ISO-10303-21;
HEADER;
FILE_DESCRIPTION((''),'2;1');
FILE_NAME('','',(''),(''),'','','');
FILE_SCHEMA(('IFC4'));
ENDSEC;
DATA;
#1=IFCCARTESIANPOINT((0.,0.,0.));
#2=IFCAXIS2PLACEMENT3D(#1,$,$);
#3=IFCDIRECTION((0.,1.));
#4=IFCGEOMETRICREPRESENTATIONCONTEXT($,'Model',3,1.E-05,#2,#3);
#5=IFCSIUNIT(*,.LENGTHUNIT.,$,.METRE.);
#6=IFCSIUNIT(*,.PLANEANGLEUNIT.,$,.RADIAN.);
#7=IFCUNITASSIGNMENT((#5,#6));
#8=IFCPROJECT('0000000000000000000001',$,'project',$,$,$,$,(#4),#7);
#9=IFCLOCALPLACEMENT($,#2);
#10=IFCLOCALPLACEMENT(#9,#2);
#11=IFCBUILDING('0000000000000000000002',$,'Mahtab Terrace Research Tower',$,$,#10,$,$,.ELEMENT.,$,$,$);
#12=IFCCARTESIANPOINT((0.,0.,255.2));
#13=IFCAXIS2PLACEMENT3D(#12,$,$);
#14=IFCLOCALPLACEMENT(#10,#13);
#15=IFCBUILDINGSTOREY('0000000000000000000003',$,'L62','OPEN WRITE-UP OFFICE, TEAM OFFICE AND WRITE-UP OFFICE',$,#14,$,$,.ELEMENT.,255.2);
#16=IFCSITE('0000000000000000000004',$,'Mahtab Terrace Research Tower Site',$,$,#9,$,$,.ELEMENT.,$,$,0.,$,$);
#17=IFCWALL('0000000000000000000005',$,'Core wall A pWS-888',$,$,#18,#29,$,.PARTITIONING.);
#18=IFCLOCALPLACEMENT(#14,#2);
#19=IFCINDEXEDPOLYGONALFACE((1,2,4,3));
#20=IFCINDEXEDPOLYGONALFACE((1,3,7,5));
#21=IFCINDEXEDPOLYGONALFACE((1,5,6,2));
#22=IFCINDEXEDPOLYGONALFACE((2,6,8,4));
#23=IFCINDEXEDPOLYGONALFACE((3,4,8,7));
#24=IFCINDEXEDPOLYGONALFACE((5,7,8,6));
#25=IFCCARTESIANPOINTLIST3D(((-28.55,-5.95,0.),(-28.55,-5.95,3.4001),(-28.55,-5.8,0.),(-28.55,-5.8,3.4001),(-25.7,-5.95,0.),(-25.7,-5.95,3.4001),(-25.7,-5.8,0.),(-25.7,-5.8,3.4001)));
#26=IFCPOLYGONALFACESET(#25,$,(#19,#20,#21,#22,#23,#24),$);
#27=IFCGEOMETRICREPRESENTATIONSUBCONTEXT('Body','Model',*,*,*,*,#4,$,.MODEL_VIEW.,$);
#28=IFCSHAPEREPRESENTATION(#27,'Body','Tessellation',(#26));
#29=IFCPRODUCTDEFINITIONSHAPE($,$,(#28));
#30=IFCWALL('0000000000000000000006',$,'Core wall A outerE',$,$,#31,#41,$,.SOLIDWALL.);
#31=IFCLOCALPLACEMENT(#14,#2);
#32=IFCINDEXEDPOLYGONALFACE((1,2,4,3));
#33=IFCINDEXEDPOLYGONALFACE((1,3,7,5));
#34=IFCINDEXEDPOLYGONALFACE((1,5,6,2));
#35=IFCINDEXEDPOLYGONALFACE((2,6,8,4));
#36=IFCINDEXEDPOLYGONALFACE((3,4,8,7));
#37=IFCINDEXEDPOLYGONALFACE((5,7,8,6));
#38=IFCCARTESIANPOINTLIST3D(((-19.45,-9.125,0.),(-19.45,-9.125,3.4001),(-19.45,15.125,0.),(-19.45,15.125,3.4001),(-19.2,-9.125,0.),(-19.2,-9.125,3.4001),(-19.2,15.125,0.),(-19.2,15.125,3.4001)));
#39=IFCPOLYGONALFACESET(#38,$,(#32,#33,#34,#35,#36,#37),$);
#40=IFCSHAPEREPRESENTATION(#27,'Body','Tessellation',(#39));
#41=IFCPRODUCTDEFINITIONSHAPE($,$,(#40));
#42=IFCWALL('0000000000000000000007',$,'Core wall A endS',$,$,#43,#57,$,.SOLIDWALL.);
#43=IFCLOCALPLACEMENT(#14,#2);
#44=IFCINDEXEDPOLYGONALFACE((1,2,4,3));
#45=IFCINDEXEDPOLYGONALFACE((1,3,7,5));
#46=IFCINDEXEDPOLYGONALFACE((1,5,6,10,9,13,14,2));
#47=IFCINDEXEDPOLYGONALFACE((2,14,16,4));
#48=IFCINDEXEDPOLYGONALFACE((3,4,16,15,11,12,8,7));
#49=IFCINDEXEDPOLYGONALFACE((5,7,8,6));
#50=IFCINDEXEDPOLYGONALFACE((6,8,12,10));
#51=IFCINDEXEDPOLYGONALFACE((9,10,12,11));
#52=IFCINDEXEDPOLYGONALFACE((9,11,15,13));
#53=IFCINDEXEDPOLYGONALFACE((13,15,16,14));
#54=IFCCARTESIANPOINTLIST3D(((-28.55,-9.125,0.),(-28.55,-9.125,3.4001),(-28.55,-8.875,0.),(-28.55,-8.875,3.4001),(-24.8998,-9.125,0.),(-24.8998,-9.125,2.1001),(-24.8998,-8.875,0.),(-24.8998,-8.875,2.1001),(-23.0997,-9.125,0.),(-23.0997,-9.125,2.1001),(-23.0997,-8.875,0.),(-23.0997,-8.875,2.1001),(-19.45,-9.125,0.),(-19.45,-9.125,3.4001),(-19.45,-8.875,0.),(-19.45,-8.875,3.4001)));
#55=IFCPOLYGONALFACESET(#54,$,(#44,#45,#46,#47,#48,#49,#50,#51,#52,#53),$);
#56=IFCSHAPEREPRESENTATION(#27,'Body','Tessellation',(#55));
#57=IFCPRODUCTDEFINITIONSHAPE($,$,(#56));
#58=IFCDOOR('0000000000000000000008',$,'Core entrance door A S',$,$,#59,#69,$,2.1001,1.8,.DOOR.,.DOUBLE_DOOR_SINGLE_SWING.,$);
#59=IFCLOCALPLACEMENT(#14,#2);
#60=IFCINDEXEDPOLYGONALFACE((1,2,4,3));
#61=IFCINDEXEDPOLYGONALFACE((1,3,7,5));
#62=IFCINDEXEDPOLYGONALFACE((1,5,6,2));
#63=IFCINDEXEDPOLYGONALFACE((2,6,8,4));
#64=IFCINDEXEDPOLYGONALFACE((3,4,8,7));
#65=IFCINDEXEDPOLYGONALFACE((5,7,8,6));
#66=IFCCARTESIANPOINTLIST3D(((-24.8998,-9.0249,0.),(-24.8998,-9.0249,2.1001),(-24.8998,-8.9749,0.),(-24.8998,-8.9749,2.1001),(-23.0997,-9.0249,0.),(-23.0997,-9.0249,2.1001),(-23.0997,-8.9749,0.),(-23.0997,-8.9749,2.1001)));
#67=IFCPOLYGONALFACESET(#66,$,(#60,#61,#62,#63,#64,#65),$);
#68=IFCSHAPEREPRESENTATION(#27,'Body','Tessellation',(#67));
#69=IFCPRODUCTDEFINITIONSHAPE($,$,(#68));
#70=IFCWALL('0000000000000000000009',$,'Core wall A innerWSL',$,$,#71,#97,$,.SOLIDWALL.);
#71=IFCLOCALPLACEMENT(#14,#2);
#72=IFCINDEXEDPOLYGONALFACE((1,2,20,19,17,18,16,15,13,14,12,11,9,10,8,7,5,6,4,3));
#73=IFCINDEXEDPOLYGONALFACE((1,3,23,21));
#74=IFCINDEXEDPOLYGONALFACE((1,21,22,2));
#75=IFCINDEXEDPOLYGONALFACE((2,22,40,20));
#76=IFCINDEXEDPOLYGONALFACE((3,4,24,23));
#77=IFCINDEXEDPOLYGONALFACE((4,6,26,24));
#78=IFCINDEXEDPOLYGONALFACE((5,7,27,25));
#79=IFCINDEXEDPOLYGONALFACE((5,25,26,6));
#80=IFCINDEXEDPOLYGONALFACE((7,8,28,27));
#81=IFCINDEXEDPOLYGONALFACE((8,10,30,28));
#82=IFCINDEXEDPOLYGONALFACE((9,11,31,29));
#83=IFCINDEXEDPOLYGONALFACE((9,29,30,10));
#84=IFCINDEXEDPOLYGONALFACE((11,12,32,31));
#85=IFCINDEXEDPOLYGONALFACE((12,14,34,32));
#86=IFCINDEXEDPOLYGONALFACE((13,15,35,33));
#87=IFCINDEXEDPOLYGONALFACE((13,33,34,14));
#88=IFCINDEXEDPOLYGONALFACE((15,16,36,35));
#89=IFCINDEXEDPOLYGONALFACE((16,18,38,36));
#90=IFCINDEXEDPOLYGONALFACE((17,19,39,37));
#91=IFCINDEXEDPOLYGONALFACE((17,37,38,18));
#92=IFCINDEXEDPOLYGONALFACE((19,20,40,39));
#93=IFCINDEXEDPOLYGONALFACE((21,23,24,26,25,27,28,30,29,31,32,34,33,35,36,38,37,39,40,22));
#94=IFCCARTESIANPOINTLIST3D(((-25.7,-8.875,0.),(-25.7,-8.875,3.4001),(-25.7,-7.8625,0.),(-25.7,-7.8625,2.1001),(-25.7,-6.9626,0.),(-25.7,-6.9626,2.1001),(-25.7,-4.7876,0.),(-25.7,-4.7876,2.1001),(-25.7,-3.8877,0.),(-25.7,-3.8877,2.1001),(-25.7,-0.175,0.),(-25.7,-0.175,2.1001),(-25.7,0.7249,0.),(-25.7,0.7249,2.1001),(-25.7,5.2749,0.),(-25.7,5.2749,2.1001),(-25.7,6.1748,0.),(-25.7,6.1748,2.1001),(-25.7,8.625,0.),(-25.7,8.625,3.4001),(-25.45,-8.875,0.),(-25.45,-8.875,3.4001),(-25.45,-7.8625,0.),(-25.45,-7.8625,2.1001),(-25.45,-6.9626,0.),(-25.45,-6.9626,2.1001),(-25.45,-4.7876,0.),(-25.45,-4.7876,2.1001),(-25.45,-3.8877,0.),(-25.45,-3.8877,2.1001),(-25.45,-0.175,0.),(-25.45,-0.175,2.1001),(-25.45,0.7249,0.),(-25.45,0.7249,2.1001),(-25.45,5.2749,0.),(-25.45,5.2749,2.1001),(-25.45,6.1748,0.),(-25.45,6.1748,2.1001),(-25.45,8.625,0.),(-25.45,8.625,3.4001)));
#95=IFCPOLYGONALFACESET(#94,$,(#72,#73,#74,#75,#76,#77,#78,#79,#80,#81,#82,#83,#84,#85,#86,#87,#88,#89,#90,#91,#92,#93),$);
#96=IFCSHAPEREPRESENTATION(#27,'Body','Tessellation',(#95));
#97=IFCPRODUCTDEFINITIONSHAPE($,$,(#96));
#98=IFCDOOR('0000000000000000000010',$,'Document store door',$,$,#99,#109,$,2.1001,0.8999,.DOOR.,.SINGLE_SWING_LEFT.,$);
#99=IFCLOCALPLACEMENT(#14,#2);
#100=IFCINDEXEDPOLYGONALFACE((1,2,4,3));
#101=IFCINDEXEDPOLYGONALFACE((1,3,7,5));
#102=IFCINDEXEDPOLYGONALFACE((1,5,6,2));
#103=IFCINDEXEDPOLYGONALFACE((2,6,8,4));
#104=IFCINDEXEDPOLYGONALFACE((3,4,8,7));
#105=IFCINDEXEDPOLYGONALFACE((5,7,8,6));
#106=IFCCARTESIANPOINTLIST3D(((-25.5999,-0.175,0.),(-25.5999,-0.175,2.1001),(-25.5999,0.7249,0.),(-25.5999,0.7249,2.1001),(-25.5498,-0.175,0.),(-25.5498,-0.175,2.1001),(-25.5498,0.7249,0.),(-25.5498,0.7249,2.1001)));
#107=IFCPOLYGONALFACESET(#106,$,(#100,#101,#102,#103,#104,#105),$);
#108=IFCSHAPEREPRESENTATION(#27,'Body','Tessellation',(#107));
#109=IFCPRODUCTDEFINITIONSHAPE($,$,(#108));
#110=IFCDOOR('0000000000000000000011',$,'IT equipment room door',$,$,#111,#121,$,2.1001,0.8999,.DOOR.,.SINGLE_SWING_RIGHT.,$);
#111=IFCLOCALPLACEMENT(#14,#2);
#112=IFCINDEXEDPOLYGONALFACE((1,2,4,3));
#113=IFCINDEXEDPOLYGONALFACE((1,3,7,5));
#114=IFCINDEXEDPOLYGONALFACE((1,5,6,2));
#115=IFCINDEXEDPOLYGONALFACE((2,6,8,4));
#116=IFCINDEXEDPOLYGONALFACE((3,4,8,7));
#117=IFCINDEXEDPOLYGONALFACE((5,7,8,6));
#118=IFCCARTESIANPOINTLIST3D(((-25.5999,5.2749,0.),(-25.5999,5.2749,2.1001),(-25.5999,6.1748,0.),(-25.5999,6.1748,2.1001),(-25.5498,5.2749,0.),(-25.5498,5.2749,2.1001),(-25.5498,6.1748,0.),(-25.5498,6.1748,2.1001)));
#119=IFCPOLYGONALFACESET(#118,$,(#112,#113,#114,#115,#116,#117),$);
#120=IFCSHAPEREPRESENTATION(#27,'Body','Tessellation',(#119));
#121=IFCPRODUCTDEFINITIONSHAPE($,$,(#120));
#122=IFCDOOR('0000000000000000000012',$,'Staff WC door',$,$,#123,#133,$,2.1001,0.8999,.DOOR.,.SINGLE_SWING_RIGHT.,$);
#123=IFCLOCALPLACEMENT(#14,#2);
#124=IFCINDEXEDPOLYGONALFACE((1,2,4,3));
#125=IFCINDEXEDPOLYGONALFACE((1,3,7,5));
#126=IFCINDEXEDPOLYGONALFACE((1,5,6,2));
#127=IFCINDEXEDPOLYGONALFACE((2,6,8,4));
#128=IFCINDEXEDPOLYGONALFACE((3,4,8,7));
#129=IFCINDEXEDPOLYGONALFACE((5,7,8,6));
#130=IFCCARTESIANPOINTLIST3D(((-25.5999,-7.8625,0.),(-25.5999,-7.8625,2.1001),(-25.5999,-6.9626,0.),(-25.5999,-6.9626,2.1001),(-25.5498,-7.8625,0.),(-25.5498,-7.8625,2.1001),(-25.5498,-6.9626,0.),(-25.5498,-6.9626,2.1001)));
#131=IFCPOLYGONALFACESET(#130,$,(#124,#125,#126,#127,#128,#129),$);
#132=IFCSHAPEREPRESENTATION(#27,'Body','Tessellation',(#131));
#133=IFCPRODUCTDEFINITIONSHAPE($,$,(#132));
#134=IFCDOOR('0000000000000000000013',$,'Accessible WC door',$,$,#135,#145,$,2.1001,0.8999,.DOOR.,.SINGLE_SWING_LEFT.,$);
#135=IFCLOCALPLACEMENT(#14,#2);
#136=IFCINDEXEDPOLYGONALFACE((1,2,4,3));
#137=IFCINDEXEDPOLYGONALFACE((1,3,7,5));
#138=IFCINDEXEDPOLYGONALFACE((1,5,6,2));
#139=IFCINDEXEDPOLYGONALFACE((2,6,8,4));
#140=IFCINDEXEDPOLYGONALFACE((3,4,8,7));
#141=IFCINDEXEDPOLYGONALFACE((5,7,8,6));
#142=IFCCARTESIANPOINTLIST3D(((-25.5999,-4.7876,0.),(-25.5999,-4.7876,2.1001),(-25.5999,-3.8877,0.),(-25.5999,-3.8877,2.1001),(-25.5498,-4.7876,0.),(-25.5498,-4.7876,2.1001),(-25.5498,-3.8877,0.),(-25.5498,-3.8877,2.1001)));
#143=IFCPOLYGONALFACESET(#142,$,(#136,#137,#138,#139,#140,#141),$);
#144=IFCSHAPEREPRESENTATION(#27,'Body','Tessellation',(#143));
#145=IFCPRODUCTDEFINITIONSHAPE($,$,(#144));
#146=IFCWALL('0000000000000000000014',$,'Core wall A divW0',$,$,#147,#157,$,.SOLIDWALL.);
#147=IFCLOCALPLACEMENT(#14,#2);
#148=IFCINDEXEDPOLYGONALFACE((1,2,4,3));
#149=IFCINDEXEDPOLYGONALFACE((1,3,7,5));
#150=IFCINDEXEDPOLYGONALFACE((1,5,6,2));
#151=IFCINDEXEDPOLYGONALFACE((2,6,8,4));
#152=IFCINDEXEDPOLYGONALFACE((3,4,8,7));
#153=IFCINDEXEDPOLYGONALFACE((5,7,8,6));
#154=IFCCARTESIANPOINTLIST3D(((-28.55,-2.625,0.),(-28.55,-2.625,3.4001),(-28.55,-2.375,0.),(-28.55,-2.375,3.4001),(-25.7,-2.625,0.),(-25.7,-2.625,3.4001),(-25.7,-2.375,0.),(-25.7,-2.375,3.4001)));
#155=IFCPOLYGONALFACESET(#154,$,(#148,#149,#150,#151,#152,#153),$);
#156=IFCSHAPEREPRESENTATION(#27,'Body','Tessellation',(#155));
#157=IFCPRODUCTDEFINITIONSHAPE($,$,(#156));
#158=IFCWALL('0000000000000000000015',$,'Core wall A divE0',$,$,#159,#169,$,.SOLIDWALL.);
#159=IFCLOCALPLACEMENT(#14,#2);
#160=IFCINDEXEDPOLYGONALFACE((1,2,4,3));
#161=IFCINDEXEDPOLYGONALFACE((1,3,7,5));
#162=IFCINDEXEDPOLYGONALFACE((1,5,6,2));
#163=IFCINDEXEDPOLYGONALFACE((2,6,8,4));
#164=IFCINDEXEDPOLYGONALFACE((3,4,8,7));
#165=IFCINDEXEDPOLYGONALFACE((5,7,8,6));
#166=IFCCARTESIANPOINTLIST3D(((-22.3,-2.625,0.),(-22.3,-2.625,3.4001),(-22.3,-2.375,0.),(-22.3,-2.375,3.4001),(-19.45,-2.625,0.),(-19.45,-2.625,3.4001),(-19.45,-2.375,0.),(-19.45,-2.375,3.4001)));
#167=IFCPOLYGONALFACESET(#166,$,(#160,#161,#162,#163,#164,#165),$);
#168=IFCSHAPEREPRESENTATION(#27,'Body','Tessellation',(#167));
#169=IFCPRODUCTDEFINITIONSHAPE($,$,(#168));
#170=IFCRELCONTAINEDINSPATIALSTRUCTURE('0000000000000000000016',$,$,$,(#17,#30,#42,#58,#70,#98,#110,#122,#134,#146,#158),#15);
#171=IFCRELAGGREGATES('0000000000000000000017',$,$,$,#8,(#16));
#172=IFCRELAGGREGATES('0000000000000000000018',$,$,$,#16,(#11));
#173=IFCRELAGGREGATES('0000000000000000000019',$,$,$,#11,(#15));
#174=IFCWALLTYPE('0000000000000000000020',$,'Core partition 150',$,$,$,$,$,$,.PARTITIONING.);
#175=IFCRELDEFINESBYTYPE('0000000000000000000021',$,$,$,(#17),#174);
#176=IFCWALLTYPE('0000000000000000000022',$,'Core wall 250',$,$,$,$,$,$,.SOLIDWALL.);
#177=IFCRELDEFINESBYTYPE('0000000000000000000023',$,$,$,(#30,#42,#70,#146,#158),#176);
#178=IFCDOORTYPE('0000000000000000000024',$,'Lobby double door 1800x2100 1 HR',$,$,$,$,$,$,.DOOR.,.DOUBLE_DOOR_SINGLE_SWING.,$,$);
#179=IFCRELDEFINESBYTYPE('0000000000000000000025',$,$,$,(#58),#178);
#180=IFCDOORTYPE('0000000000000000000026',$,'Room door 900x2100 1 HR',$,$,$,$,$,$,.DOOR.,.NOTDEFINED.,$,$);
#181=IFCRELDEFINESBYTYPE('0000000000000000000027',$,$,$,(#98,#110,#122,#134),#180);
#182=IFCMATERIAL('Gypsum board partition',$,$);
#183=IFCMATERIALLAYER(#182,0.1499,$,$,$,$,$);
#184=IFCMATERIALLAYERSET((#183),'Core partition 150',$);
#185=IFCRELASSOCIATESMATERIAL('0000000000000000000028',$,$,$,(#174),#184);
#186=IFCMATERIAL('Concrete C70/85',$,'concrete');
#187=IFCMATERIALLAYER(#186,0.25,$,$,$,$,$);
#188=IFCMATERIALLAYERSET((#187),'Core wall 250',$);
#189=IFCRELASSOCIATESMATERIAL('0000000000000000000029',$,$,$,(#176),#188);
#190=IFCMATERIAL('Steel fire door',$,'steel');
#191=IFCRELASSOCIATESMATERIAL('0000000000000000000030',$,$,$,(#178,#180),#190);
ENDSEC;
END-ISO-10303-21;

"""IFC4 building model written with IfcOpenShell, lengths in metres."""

from ifc_helpers import new_model, si_unit, direction, frame, frame_2d, origin, place, context, subcontext, project, spatial, rectangle, extrude, material, layer, layer_set, type_object, element, fill, save


model = new_model("IFC4")

# Units and contexts
model_context = context("Model", 3, precision=1e-05, world=origin(), true_north=direction((0.0, 1.0)))
body_context = subcontext(model_context, "Body", "Model", "MODEL_VIEW")
ifc_project = project(units=[si_unit("LENGTHUNIT", "METRE"), si_unit("PLANEANGLEUNIT", "RADIAN")], contexts=[model_context])

# Site, building, storey
site_placement = place(None, origin())
site = spatial("IfcSite", under=ifc_project, at=site_placement, Name="Mahtab Terrace Research Tower Site", CompositionType="ELEMENT", RefElevation=0.0)
building_placement = place(site_placement, origin())
building = spatial("IfcBuilding", under=site, at=building_placement, Name="Mahtab Terrace Research Tower", CompositionType="ELEMENT")
storey_placement = place(building_placement, frame((0.0, 0.0, 255.2)))
storey = spatial("IfcBuildingStorey", under=building, at=storey_placement, Name="L62", Description="OPEN WRITE-UP OFFICE, TEAM OFFICE AND WRITE-UP OFFICE", CompositionType="ELEMENT", Elevation=255.2)

# Shared definitions
ifc_material_1 = material(Name="Concrete C70/85", Category="concrete")

# Walls
ifc_material_2 = material(Name="Gypsum board partition")
ifc_layer_1 = layer(ifc_material_2, 0.1499)
ifc_layer_set_1 = layer_set([ifc_layer_1], Name="Core partition 150")
wall_type_1 = type_object("IfcWallType", Name="Core partition 150", PredefinedType="PARTITIONING", material=ifc_layer_set_1)
wall_1_placement = place(storey_placement, frame((-28.55, -5.875, 0.0), z_axis=(0.0, 0.0, 1.0), x_axis=(1.0, 0.0, 0.0)))
element("IfcWall", 1, at=wall_1_placement, inside=storey, type_object=wall_type_1, Name="Core wall A pWS-888", PredefinedType="PARTITIONING", context=body_context, shape_type="SweptSolid", body=[
    extrude(rectangle(XDim=2.8501, YDim=0.1499, at=frame_2d((1.425, 0.0))), origin(), (0.0, 0.0, 1.0), 3.4001),
])
ifc_layer_2 = layer(ifc_material_1, 0.25)
ifc_layer_set_2 = layer_set([ifc_layer_2], Name="Core wall 250")
wall_type_2 = type_object("IfcWallType", Name="Core wall 250", PredefinedType="SOLIDWALL", material=ifc_layer_set_2)
wall_2_placement = place(storey_placement, frame((-19.325, -9.125, 0.0), z_axis=(0.0, 0.0, 1.0), x_axis=(0.0, 1.0, 0.0)))
element("IfcWall", 2, at=wall_2_placement, inside=storey, type_object=wall_type_2, Name="Core wall A outerE", PredefinedType="SOLIDWALL", context=body_context, shape_type="SweptSolid", body=[
    extrude(rectangle(XDim=24.25, YDim=0.25, at=frame_2d((12.125, 0.0))), origin(), (0.0, 0.0, 1.0), 3.4001),
])

# Wall, opening, door
wall_3_placement = place(storey_placement, frame((-19.45, -9.0, 0.0), z_axis=(0.0, 0.0, 1.0), x_axis=(-1.0, 0.0, 0.0)))
wall_3 = element("IfcWall", 3, at=wall_3_placement, inside=storey, type_object=wall_type_2, Name="Core wall A endS", PredefinedType="SOLIDWALL", context=body_context, shape_type="SweptSolid", body=[
    extrude(rectangle(XDim=9.1001, YDim=0.25, at=frame_2d((4.55, 0.0))), origin(), (0.0, 0.0, 1.0), 3.4001),
])
opening_1_placement = place(wall_3_placement, frame((3.6499, 0.0, 0.0)))
opening_1 = element("IfcOpeningElement", 4, at=opening_1_placement, cuts=wall_3, PredefinedType="OPENING", context=body_context, shape_type="SweptSolid", body=[
    extrude(rectangle(XDim=1.8, YDim=2.1001, at=frame_2d((0.8999, 1.05))), frame((0.0, 0.135, 0.0), z_axis=(0.0, -1.0, 0.0), x_axis=(1.0, 0.0, 0.0)), (0.0, 0.0, 1.0), 0.27),
])
ifc_material_3 = material(Name="Steel fire door", Category="steel")
door_type_1 = type_object("IfcDoorType", Name="Lobby double door 1800x2100 1 HR", OperationType="DOUBLE_DOOR_SINGLE_SWING", PredefinedType="DOOR", material=ifc_material_3)
door_1_placement = place(opening_1_placement, origin())
door_1 = element("IfcDoor", 5, at=door_1_placement, inside=storey, type_object=door_type_1, Name="Core entrance door A S", OperationType="DOUBLE_DOOR_SINGLE_SWING", OverallHeight=2.1001, OverallWidth=1.8, PredefinedType="DOOR", context=body_context, shape_type="SweptSolid", body=[
    extrude(rectangle(XDim=1.8, YDim=2.1001, at=frame_2d((0.8999, 1.05))), frame((0.0, 0.0249, 0.0), z_axis=(0.0, -1.0, 0.0), x_axis=(1.0, 0.0, 0.0)), (0.0, 0.0, 1.0), 0.05),
])
fill(opening_1, door_1)

# Wall, openings, doors
wall_4_placement = place(storey_placement, frame((-25.575, -8.875, 0.0), z_axis=(0.0, 0.0, 1.0), x_axis=(0.0, 1.0, 0.0)))
wall_4 = element("IfcWall", 6, at=wall_4_placement, inside=storey, type_object=wall_type_2, Name="Core wall A innerWSL", PredefinedType="SOLIDWALL", context=body_context, shape_type="SweptSolid", body=[
    extrude(rectangle(XDim=17.5, YDim=0.25, at=frame_2d((8.75, 0.0))), origin(), (0.0, 0.0, 1.0), 3.4001),
])
opening_2_placement = place(wall_4_placement, frame((8.7, 0.0, 0.0)))
opening_2 = element("IfcOpeningElement", 7, at=opening_2_placement, cuts=wall_4, PredefinedType="OPENING", context=body_context, shape_type="SweptSolid", body=[
    extrude(rectangle(XDim=0.8999, YDim=2.1001, at=frame_2d((0.45, 1.05))), frame((0.0, 0.135, 0.0), z_axis=(0.0, -1.0, 0.0), x_axis=(1.0, 0.0, 0.0)), (0.0, 0.0, 1.0), 0.27),
])
opening_3_placement = place(wall_4_placement, frame((14.1499, 0.0, 0.0)))
opening_3 = element("IfcOpeningElement", 8, at=opening_3_placement, cuts=wall_4, PredefinedType="OPENING", context=body_context, shape_type="SweptSolid", body=[
    extrude(rectangle(XDim=0.8999, YDim=2.1001, at=frame_2d((0.45, 1.05))), frame((0.0, 0.135, 0.0), z_axis=(0.0, -1.0, 0.0), x_axis=(1.0, 0.0, 0.0)), (0.0, 0.0, 1.0), 0.27),
])
opening_4_placement = place(wall_4_placement, frame((1.0125, 0.0, 0.0)))
opening_4 = element("IfcOpeningElement", 9, at=opening_4_placement, cuts=wall_4, PredefinedType="OPENING", context=body_context, shape_type="SweptSolid", body=[
    extrude(rectangle(XDim=0.8999, YDim=2.1001, at=frame_2d((0.45, 1.05))), frame((0.0, 0.135, 0.0), z_axis=(0.0, -1.0, 0.0), x_axis=(1.0, 0.0, 0.0)), (0.0, 0.0, 1.0), 0.27),
])
opening_5_placement = place(wall_4_placement, frame((4.0874, 0.0, 0.0)))
opening_5 = element("IfcOpeningElement", 10, at=opening_5_placement, cuts=wall_4, PredefinedType="OPENING", context=body_context, shape_type="SweptSolid", body=[
    extrude(rectangle(XDim=0.8999, YDim=2.1001, at=frame_2d((0.45, 1.05))), frame((0.0, 0.135, 0.0), z_axis=(0.0, -1.0, 0.0), x_axis=(1.0, 0.0, 0.0)), (0.0, 0.0, 1.0), 0.27),
])
door_type_2 = type_object("IfcDoorType", Name="Room door 900x2100 1 HR", OperationType="NOTDEFINED", PredefinedType="DOOR", material=ifc_material_3)
door_2_placement = place(opening_2_placement, origin())
door_2 = element("IfcDoor", 11, at=door_2_placement, inside=storey, type_object=door_type_2, Name="Document store door", OperationType="SINGLE_SWING_LEFT", OverallHeight=2.1001, OverallWidth=0.8999, PredefinedType="DOOR", context=body_context, shape_type="SweptSolid", body=[
    extrude(rectangle(XDim=0.8999, YDim=2.1001, at=frame_2d((0.45, 1.05))), frame((0.0, 0.0249, 0.0), z_axis=(0.0, -1.0, 0.0), x_axis=(1.0, 0.0, 0.0)), (0.0, 0.0, 1.0), 0.05),
])
fill(opening_2, door_2)
door_3_placement = place(opening_3_placement, origin())
door_3 = element("IfcDoor", 12, at=door_3_placement, inside=storey, type_object=door_type_2, Name="IT equipment room door", OperationType="SINGLE_SWING_RIGHT", OverallHeight=2.1001, OverallWidth=0.8999, PredefinedType="DOOR", context=body_context, shape_type="SweptSolid", body=[
    extrude(rectangle(XDim=0.8999, YDim=2.1001, at=frame_2d((0.45, 1.05))), frame((0.0, 0.0249, 0.0), z_axis=(0.0, -1.0, 0.0), x_axis=(1.0, 0.0, 0.0)), (0.0, 0.0, 1.0), 0.05),
])
fill(opening_3, door_3)
door_4_placement = place(opening_4_placement, origin())
door_4 = element("IfcDoor", 13, at=door_4_placement, inside=storey, type_object=door_type_2, Name="Staff WC door", OperationType="SINGLE_SWING_RIGHT", OverallHeight=2.1001, OverallWidth=0.8999, PredefinedType="DOOR", context=body_context, shape_type="SweptSolid", body=[
    extrude(rectangle(XDim=0.8999, YDim=2.1001, at=frame_2d((0.45, 1.05))), frame((0.0, 0.0249, 0.0), z_axis=(0.0, -1.0, 0.0), x_axis=(1.0, 0.0, 0.0)), (0.0, 0.0, 1.0), 0.05),
])
fill(opening_4, door_4)
door_5_placement = place(opening_5_placement, origin())
door_5 = element("IfcDoor", 14, at=door_5_placement, inside=storey, type_object=door_type_2, Name="Accessible WC door", OperationType="SINGLE_SWING_LEFT", OverallHeight=2.1001, OverallWidth=0.8999, PredefinedType="DOOR", context=body_context, shape_type="SweptSolid", body=[
    extrude(rectangle(XDim=0.8999, YDim=2.1001, at=frame_2d((0.45, 1.05))), frame((0.0, 0.0249, 0.0), z_axis=(0.0, -1.0, 0.0), x_axis=(1.0, 0.0, 0.0)), (0.0, 0.0, 1.0), 0.05),
])
fill(opening_5, door_5)

# Walls
for number, where, z_axis, x_axis, name in (
    (15, (-28.55, -2.5, 0.0), (0.0, 0.0, 1.0), (1.0, 0.0, 0.0), "Core wall A divW0"),
    (16, (-22.3, -2.5, 0.0), (0.0, 0.0, 1.0), (1.0, 0.0, 0.0), "Core wall A divE0"),
):
    element("IfcWall", number, at=place(storey_placement, frame(where, z_axis=z_axis, x_axis=x_axis)), inside=storey, type_object=wall_type_2, Name=name, PredefinedType="SOLIDWALL", context=body_context, shape_type="SweptSolid", body=[
        extrude(rectangle(XDim=2.8501, YDim=0.25, at=frame_2d((1.425, 0.0))), origin(), (0.0, 0.0, 1.0), 3.4001),
    ])

save(model, "model.ifc")
